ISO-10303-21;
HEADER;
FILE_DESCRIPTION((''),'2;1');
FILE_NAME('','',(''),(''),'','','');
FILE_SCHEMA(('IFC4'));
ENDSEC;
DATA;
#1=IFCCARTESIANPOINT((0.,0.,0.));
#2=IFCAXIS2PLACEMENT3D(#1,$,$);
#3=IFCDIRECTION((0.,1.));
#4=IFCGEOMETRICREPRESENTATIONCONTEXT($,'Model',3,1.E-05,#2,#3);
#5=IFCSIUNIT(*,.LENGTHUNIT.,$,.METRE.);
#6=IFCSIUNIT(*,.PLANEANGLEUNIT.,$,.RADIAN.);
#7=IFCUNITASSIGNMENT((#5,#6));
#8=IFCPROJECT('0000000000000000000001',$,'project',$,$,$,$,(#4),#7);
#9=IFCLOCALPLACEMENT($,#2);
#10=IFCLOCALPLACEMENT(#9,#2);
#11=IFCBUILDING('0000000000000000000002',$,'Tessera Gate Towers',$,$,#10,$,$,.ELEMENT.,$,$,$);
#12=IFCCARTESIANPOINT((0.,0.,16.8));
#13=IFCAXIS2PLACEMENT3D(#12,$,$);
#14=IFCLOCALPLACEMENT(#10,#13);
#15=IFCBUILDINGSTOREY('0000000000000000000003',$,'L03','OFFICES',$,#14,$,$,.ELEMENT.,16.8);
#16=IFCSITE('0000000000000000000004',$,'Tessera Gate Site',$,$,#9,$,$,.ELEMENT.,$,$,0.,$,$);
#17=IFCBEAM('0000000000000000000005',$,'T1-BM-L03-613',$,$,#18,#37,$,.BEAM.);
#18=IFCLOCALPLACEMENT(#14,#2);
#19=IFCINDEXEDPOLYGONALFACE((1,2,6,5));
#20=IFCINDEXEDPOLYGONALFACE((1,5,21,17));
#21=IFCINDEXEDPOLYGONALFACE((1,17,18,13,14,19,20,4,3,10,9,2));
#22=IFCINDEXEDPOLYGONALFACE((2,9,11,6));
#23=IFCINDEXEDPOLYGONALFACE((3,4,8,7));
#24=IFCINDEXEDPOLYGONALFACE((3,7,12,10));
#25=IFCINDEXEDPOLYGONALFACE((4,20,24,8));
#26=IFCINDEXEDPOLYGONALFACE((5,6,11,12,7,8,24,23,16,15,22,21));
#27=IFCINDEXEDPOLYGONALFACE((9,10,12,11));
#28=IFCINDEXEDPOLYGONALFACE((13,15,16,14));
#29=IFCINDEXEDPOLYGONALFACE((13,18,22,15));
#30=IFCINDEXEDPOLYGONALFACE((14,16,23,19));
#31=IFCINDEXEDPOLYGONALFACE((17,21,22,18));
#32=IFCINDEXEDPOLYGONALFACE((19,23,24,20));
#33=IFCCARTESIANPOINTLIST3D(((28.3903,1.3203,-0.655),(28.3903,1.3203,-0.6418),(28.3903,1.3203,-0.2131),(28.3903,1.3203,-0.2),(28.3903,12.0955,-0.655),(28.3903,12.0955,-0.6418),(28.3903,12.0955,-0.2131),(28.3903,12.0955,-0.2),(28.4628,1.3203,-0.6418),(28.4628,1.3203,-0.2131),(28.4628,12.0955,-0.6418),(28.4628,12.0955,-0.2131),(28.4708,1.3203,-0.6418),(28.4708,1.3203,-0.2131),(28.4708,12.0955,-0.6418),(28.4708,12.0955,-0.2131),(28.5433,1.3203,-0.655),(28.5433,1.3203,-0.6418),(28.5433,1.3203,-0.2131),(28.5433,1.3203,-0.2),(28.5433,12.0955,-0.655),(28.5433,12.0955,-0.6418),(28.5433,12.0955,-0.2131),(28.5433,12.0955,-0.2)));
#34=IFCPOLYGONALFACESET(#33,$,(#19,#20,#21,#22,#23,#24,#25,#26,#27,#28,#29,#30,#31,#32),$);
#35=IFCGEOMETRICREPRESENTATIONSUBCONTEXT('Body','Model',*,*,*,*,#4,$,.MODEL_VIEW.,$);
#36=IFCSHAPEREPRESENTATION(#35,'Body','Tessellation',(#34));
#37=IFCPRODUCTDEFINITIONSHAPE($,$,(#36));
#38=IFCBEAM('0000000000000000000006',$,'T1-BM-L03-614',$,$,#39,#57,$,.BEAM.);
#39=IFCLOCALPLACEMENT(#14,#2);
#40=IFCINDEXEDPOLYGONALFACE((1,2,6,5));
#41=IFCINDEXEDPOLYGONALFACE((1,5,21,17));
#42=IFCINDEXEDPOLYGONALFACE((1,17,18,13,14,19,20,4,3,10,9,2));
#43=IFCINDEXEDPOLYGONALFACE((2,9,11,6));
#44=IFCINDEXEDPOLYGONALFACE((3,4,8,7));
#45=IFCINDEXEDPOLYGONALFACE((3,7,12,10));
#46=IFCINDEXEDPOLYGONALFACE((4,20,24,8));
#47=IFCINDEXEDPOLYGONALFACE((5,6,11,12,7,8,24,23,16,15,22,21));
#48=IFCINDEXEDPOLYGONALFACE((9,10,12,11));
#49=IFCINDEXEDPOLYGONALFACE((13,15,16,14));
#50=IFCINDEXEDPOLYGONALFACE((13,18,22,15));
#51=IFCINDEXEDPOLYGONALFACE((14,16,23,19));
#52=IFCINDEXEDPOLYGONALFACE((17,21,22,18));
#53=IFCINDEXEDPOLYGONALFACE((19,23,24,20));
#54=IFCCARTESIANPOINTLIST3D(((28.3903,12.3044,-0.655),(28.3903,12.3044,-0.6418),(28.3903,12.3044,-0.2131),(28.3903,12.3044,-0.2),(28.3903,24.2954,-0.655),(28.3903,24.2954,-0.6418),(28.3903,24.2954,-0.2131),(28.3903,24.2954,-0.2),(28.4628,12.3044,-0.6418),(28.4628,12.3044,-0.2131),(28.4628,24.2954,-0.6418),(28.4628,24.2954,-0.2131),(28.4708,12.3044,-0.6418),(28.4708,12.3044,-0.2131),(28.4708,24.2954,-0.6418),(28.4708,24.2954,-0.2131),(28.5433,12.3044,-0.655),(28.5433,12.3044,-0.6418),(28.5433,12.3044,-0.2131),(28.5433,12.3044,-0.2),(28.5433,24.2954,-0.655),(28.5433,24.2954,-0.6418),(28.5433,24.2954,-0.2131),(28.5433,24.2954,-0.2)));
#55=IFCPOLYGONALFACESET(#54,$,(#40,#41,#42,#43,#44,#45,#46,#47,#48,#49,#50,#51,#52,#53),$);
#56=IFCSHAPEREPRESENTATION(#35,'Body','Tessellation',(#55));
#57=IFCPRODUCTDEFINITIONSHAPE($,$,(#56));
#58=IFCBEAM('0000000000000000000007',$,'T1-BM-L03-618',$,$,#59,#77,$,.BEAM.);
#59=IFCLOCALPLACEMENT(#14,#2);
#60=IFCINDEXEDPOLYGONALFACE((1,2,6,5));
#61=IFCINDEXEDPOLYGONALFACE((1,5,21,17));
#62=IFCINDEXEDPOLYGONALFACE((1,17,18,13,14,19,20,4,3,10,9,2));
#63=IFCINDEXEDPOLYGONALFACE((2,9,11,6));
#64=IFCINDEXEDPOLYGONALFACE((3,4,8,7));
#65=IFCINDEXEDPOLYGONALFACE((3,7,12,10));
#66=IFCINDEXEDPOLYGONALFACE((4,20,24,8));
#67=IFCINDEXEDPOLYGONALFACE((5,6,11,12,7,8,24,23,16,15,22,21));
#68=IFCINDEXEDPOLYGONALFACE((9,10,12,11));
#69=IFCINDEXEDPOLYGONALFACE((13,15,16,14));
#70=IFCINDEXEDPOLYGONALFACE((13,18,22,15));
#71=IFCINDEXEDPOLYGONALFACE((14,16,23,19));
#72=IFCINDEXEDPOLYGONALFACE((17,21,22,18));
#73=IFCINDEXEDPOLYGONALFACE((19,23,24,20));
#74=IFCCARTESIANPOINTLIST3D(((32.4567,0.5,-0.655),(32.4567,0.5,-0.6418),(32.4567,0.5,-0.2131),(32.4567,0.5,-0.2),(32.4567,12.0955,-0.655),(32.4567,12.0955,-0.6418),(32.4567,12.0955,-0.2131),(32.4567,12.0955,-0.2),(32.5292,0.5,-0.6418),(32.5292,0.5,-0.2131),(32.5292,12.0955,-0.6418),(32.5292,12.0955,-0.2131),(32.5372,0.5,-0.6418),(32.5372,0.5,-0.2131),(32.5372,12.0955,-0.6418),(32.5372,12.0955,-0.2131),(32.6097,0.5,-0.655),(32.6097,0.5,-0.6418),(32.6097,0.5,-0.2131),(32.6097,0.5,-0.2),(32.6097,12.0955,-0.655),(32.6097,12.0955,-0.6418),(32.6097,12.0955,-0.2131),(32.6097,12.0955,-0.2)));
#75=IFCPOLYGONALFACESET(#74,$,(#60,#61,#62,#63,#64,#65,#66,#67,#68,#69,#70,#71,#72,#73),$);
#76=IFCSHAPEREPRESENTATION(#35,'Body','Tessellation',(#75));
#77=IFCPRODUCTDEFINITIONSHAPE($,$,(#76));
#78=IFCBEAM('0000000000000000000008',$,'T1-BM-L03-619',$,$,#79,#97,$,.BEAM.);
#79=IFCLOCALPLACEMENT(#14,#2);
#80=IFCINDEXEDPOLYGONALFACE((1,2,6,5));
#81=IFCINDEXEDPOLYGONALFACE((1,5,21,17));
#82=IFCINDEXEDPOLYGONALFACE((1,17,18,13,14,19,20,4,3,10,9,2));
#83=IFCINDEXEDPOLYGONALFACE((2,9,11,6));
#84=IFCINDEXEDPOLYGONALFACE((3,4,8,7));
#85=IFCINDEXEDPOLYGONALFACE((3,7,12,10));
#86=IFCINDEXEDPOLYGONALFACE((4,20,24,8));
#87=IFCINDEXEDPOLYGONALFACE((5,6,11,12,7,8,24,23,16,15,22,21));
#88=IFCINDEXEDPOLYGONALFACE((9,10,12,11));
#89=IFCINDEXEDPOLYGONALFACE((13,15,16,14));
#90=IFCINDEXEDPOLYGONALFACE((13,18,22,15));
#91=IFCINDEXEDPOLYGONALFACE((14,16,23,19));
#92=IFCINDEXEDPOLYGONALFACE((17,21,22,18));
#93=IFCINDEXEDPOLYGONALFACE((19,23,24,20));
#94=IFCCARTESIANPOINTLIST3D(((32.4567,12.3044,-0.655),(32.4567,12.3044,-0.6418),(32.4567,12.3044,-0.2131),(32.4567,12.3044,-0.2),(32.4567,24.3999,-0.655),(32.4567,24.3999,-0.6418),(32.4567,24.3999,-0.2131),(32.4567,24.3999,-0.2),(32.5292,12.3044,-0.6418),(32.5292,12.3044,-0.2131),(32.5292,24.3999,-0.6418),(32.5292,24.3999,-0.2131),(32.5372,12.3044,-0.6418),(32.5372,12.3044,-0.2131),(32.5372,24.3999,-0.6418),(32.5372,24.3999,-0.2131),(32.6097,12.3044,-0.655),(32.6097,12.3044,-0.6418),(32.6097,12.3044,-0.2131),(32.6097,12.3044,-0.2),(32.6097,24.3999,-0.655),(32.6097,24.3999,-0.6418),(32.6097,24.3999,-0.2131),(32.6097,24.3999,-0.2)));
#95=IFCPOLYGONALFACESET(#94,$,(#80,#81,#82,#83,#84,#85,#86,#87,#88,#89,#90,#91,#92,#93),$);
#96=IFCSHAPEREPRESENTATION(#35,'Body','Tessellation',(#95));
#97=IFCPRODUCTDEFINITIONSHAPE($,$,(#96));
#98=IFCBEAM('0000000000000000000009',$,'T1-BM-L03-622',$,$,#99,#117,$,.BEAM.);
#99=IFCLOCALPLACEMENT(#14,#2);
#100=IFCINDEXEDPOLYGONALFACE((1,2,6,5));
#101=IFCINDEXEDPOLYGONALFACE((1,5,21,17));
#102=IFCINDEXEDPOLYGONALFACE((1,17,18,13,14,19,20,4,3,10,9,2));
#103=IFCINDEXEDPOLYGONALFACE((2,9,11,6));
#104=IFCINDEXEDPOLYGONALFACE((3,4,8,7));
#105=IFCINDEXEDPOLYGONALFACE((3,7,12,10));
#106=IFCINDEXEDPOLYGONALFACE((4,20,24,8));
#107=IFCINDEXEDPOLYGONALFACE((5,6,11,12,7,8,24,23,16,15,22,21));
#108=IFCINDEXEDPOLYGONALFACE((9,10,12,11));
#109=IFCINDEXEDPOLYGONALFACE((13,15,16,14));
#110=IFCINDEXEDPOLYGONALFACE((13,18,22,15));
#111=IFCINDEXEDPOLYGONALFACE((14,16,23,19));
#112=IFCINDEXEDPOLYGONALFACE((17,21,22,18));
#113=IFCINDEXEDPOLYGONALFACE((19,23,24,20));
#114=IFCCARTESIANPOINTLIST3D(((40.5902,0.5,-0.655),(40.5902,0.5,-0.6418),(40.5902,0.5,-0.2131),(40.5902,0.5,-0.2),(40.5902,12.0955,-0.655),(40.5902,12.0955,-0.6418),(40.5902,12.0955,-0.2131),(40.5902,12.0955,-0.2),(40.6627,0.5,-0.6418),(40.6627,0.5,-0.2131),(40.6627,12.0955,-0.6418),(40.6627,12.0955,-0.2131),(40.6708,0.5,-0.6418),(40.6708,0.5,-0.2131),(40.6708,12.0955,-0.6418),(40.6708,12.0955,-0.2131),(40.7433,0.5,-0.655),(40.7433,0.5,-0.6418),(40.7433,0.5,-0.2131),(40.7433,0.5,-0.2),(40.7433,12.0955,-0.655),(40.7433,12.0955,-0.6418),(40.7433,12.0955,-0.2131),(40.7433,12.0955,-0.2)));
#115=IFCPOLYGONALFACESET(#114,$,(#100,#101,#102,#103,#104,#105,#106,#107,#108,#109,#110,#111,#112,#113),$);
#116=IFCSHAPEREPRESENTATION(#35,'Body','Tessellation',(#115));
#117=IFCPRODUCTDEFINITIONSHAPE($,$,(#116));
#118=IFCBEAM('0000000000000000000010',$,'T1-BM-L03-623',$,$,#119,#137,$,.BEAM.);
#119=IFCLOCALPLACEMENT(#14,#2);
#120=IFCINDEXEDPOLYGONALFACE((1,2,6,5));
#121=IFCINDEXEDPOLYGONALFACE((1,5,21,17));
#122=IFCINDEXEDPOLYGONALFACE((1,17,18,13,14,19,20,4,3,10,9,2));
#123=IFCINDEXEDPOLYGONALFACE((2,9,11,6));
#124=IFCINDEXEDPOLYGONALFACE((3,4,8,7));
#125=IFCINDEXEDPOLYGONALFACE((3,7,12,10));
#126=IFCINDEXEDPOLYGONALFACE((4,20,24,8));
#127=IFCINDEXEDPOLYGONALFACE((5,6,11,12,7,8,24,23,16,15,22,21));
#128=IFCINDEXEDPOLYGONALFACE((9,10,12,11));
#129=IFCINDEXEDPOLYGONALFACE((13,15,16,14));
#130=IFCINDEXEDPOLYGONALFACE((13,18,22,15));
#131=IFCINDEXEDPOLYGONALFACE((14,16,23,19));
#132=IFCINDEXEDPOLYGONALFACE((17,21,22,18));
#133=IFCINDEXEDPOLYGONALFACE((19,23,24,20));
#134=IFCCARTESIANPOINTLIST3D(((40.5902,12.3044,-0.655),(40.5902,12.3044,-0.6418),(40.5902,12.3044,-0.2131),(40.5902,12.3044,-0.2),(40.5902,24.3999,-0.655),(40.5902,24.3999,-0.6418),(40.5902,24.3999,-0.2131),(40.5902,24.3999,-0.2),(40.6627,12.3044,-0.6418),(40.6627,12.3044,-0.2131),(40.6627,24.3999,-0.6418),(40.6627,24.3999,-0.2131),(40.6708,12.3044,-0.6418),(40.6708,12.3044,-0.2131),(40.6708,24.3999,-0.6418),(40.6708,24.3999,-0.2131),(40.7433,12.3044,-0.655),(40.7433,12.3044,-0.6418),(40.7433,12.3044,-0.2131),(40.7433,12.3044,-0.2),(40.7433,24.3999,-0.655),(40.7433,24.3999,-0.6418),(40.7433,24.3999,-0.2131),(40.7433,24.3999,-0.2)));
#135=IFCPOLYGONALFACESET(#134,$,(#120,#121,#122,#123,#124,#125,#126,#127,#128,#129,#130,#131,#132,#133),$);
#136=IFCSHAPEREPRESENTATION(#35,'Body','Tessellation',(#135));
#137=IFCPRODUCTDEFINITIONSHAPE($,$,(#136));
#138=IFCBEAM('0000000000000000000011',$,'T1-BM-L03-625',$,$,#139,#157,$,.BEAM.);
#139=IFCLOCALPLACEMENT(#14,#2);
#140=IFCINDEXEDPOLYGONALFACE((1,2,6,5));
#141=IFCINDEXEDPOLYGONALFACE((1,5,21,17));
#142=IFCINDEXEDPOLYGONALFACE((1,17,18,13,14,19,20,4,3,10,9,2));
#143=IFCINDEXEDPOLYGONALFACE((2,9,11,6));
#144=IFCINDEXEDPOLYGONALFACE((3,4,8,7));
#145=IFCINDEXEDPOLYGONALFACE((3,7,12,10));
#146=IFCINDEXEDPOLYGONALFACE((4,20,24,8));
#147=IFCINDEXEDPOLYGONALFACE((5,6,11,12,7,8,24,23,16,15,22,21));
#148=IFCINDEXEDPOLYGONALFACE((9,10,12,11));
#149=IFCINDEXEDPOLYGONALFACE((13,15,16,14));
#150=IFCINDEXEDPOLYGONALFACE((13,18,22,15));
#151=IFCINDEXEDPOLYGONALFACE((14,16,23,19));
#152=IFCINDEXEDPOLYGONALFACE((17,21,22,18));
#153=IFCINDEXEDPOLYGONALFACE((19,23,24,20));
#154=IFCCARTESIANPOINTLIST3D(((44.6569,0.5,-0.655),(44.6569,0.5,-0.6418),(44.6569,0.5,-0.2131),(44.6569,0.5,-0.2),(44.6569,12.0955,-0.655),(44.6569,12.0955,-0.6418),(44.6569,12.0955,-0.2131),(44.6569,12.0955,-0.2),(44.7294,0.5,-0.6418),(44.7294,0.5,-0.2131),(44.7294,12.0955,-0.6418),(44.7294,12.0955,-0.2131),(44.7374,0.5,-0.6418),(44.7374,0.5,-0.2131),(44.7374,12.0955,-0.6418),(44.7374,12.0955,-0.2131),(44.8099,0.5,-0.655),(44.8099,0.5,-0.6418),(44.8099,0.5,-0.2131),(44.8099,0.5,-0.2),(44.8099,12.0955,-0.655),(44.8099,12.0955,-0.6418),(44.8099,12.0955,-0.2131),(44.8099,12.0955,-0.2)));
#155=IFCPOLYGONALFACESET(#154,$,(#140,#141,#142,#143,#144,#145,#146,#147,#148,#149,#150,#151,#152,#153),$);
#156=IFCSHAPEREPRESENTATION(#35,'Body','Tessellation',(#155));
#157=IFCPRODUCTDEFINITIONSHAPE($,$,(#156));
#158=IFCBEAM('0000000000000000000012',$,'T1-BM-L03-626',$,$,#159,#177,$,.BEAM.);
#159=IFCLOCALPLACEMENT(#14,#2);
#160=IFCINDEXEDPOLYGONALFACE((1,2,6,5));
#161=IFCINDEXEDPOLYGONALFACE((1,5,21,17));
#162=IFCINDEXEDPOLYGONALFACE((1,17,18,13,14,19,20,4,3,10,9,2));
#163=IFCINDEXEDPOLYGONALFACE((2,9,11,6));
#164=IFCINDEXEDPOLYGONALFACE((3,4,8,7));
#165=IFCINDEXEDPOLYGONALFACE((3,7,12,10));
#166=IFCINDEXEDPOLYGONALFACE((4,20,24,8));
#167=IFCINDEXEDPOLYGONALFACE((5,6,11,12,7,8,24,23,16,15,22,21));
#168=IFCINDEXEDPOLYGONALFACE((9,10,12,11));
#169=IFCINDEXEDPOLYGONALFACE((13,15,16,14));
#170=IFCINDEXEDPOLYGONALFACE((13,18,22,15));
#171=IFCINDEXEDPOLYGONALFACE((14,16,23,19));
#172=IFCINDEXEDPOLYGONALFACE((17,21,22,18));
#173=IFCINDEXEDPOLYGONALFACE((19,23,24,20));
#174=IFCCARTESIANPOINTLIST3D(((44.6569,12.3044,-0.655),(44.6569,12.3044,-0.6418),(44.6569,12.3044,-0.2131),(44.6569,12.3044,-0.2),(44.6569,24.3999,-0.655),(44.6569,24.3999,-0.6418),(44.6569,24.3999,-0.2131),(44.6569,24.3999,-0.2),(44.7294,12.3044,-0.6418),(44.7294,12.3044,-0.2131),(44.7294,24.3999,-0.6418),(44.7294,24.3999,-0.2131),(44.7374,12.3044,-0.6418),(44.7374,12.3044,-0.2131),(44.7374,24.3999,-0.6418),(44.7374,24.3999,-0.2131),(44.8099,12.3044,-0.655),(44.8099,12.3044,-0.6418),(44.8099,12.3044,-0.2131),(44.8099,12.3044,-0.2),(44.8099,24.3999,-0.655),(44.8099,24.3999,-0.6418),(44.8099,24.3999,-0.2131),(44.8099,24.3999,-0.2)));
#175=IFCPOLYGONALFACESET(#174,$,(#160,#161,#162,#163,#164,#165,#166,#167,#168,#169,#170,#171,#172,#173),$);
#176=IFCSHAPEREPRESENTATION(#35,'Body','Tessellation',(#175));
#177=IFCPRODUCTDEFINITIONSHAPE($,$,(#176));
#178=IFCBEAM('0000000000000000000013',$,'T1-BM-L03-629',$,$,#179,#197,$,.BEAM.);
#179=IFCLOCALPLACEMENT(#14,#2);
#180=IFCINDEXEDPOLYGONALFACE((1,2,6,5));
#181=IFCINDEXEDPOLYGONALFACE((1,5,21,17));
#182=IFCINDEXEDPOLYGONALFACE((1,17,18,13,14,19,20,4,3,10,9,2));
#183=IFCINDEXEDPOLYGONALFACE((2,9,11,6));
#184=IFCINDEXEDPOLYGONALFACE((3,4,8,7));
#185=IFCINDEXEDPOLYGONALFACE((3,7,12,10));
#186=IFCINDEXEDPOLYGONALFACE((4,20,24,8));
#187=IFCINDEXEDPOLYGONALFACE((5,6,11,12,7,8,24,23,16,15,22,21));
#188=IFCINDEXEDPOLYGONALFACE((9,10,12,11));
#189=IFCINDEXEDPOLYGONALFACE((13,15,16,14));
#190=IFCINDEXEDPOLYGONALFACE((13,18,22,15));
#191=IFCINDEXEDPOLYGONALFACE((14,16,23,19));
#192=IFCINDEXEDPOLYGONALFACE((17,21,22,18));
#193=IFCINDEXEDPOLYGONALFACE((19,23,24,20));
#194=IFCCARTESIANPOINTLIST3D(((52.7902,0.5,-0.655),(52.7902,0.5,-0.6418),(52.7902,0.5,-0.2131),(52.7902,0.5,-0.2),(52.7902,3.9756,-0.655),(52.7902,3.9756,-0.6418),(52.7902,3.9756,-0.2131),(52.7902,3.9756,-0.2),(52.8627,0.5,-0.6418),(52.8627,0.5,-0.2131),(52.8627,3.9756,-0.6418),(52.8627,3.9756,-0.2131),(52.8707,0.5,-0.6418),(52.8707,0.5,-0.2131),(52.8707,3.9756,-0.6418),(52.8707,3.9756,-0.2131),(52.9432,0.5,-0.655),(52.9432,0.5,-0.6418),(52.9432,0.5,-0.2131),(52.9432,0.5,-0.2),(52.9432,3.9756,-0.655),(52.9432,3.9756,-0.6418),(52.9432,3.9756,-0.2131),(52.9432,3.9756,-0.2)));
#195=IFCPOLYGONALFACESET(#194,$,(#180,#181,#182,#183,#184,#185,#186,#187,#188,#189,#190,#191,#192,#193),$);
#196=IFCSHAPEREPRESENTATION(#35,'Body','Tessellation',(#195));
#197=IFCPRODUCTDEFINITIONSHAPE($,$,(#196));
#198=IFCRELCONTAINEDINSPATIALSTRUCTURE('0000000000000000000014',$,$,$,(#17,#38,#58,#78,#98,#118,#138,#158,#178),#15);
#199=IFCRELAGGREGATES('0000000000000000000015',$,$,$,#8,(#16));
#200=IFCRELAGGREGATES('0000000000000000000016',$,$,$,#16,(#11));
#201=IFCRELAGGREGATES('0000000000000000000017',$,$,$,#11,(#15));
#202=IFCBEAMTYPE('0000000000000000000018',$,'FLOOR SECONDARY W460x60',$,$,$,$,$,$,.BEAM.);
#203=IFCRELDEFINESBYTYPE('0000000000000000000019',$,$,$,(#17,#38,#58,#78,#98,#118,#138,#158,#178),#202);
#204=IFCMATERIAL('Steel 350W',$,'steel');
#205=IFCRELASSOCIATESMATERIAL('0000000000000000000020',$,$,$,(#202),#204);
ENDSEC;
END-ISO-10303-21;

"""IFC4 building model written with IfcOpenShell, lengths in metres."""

from ifc_helpers import new_model, si_unit, direction, frame, origin, origin_2d, place, context, subcontext, project, spatial, i_section, extrude, material, material_profile, profile_set, type_object, element, save


model = new_model("IFC4")

# Units and contexts
model_context = context("Model", 3, precision=1e-05, world=origin(), true_north=direction((0.0, 1.0)))
body_context = subcontext(model_context, "Body", "Model", "MODEL_VIEW")
ifc_project = project(units=[si_unit("LENGTHUNIT", "METRE"), si_unit("PLANEANGLEUNIT", "RADIAN")], contexts=[model_context])

# Site, building, storey
site_placement = place(None, origin())
site = spatial("IfcSite", under=ifc_project, at=site_placement, Name="Tessera Gate Site", CompositionType="ELEMENT", RefElevation=0.0)
building_placement = place(site_placement, origin())
building = spatial("IfcBuilding", under=site, at=building_placement, Name="Tessera Gate Towers", CompositionType="ELEMENT")
storey_placement = place(building_placement, frame((0.0, 0.0, 16.8)))
storey = spatial("IfcBuildingStorey", under=building, at=storey_placement, Name="L03", Description="OFFICES", CompositionType="ELEMENT", Elevation=16.8)

# Beams
ifc_material_1 = material(Name="Steel 350W", Category="steel")
ifc_material_profile_1 = material_profile(ifc_material_1, i_section(OverallWidth=0.1531, OverallDepth=0.4551, WebThickness=0.0081, FlangeThickness=0.0132, at=origin_2d()), Name="W460x60")
ifc_profile_set_1 = profile_set([ifc_material_profile_1], Name="Steel 350W")
beam_type_1 = type_object("IfcBeamType", Name="FLOOR SECONDARY W460x60", PredefinedType="BEAM", material=ifc_profile_set_1)
beam_1_placement = place(storey_placement, frame((28.4668, 1.3203, -0.4275), z_axis=(0.0, 1.0, 0.0), x_axis=(-1.0, 0.0, 0.0)))
element("IfcBeam", 1, at=beam_1_placement, inside=storey, type_object=beam_type_1, Name="T1-BM-L03-613", PredefinedType="BEAM", context=body_context, shape_type="SweptSolid", body=[
    extrude(i_section(OverallWidth=0.1531, OverallDepth=0.4551, WebThickness=0.0081, FlangeThickness=0.0132, at=origin_2d()), origin(), (0.0, 0.0, 1.0), 10.7751),
])
beam_2_placement = place(storey_placement, frame((28.4668, 12.3044, -0.4275), z_axis=(0.0, 1.0, 0.0), x_axis=(-1.0, 0.0, 0.0)))
element("IfcBeam", 2, at=beam_2_placement, inside=storey, type_object=beam_type_1, Name="T1-BM-L03-614", PredefinedType="BEAM", context=body_context, shape_type="SweptSolid", body=[
    extrude(i_section(OverallWidth=0.1531, OverallDepth=0.4551, WebThickness=0.0081, FlangeThickness=0.0132, at=origin_2d()), origin(), (0.0, 0.0, 1.0), 11.991),
])
beam_3_placement = place(storey_placement, frame((32.5332, 0.5, -0.4275), z_axis=(0.0, 1.0, 0.0), x_axis=(-1.0, 0.0, 0.0)))
element("IfcBeam", 3, at=beam_3_placement, inside=storey, type_object=beam_type_1, Name="T1-BM-L03-618", PredefinedType="BEAM", context=body_context, shape_type="SweptSolid", body=[
    extrude(i_section(OverallWidth=0.1531, OverallDepth=0.4551, WebThickness=0.0081, FlangeThickness=0.0132, at=origin_2d()), origin(), (0.0, 0.0, 1.0), 11.5955),
])
beam_4_placement = place(storey_placement, frame((32.5332, 12.3044, -0.4275), z_axis=(0.0, 1.0, 0.0), x_axis=(-1.0, 0.0, 0.0)))
element("IfcBeam", 4, at=beam_4_placement, inside=storey, type_object=beam_type_1, Name="T1-BM-L03-619", PredefinedType="BEAM", context=body_context, shape_type="SweptSolid", body=[
    extrude(i_section(OverallWidth=0.1531, OverallDepth=0.4551, WebThickness=0.0081, FlangeThickness=0.0132, at=origin_2d()), origin(), (0.0, 0.0, 1.0), 12.0955),
])
beam_5_placement = place(storey_placement, frame((40.6667, 0.5, -0.4275), z_axis=(0.0, 1.0, 0.0), x_axis=(-1.0, 0.0, 0.0)))
element("IfcBeam", 5, at=beam_5_placement, inside=storey, type_object=beam_type_1, Name="T1-BM-L03-622", PredefinedType="BEAM", context=body_context, shape_type="SweptSolid", body=[
    extrude(i_section(OverallWidth=0.1531, OverallDepth=0.4551, WebThickness=0.0081, FlangeThickness=0.0132, at=origin_2d()), origin(), (0.0, 0.0, 1.0), 11.5955),
])
beam_6_placement = place(storey_placement, frame((40.6667, 12.3044, -0.4275), z_axis=(0.0, 1.0, 0.0), x_axis=(-1.0, 0.0, 0.0)))
element("IfcBeam", 6, at=beam_6_placement, inside=storey, type_object=beam_type_1, Name="T1-BM-L03-623", PredefinedType="BEAM", context=body_context, shape_type="SweptSolid", body=[
    extrude(i_section(OverallWidth=0.1531, OverallDepth=0.4551, WebThickness=0.0081, FlangeThickness=0.0132, at=origin_2d()), origin(), (0.0, 0.0, 1.0), 12.0955),
])
beam_7_placement = place(storey_placement, frame((44.7334, 0.5, -0.4275), z_axis=(0.0, 1.0, 0.0), x_axis=(-1.0, 0.0, 0.0)))
element("IfcBeam", 7, at=beam_7_placement, inside=storey, type_object=beam_type_1, Name="T1-BM-L03-625", PredefinedType="BEAM", context=body_context, shape_type="SweptSolid", body=[
    extrude(i_section(OverallWidth=0.1531, OverallDepth=0.4551, WebThickness=0.0081, FlangeThickness=0.0132, at=origin_2d()), origin(), (0.0, 0.0, 1.0), 11.5955),
])
beam_8_placement = place(storey_placement, frame((44.7334, 12.3044, -0.4275), z_axis=(0.0, 1.0, 0.0), x_axis=(-1.0, 0.0, 0.0)))
element("IfcBeam", 8, at=beam_8_placement, inside=storey, type_object=beam_type_1, Name="T1-BM-L03-626", PredefinedType="BEAM", context=body_context, shape_type="SweptSolid", body=[
    extrude(i_section(OverallWidth=0.1531, OverallDepth=0.4551, WebThickness=0.0081, FlangeThickness=0.0132, at=origin_2d()), origin(), (0.0, 0.0, 1.0), 12.0955),
])
beam_9_placement = place(storey_placement, frame((52.8667, 0.5, -0.4275), z_axis=(0.0, 1.0, 0.0), x_axis=(-1.0, 0.0, 0.0)))
element("IfcBeam", 9, at=beam_9_placement, inside=storey, type_object=beam_type_1, Name="T1-BM-L03-629", PredefinedType="BEAM", context=body_context, shape_type="SweptSolid", body=[
    extrude(i_section(OverallWidth=0.1531, OverallDepth=0.4551, WebThickness=0.0081, FlangeThickness=0.0132, at=origin_2d()), origin(), (0.0, 0.0, 1.0), 3.4756),
])

save(model, "model.ifc")
